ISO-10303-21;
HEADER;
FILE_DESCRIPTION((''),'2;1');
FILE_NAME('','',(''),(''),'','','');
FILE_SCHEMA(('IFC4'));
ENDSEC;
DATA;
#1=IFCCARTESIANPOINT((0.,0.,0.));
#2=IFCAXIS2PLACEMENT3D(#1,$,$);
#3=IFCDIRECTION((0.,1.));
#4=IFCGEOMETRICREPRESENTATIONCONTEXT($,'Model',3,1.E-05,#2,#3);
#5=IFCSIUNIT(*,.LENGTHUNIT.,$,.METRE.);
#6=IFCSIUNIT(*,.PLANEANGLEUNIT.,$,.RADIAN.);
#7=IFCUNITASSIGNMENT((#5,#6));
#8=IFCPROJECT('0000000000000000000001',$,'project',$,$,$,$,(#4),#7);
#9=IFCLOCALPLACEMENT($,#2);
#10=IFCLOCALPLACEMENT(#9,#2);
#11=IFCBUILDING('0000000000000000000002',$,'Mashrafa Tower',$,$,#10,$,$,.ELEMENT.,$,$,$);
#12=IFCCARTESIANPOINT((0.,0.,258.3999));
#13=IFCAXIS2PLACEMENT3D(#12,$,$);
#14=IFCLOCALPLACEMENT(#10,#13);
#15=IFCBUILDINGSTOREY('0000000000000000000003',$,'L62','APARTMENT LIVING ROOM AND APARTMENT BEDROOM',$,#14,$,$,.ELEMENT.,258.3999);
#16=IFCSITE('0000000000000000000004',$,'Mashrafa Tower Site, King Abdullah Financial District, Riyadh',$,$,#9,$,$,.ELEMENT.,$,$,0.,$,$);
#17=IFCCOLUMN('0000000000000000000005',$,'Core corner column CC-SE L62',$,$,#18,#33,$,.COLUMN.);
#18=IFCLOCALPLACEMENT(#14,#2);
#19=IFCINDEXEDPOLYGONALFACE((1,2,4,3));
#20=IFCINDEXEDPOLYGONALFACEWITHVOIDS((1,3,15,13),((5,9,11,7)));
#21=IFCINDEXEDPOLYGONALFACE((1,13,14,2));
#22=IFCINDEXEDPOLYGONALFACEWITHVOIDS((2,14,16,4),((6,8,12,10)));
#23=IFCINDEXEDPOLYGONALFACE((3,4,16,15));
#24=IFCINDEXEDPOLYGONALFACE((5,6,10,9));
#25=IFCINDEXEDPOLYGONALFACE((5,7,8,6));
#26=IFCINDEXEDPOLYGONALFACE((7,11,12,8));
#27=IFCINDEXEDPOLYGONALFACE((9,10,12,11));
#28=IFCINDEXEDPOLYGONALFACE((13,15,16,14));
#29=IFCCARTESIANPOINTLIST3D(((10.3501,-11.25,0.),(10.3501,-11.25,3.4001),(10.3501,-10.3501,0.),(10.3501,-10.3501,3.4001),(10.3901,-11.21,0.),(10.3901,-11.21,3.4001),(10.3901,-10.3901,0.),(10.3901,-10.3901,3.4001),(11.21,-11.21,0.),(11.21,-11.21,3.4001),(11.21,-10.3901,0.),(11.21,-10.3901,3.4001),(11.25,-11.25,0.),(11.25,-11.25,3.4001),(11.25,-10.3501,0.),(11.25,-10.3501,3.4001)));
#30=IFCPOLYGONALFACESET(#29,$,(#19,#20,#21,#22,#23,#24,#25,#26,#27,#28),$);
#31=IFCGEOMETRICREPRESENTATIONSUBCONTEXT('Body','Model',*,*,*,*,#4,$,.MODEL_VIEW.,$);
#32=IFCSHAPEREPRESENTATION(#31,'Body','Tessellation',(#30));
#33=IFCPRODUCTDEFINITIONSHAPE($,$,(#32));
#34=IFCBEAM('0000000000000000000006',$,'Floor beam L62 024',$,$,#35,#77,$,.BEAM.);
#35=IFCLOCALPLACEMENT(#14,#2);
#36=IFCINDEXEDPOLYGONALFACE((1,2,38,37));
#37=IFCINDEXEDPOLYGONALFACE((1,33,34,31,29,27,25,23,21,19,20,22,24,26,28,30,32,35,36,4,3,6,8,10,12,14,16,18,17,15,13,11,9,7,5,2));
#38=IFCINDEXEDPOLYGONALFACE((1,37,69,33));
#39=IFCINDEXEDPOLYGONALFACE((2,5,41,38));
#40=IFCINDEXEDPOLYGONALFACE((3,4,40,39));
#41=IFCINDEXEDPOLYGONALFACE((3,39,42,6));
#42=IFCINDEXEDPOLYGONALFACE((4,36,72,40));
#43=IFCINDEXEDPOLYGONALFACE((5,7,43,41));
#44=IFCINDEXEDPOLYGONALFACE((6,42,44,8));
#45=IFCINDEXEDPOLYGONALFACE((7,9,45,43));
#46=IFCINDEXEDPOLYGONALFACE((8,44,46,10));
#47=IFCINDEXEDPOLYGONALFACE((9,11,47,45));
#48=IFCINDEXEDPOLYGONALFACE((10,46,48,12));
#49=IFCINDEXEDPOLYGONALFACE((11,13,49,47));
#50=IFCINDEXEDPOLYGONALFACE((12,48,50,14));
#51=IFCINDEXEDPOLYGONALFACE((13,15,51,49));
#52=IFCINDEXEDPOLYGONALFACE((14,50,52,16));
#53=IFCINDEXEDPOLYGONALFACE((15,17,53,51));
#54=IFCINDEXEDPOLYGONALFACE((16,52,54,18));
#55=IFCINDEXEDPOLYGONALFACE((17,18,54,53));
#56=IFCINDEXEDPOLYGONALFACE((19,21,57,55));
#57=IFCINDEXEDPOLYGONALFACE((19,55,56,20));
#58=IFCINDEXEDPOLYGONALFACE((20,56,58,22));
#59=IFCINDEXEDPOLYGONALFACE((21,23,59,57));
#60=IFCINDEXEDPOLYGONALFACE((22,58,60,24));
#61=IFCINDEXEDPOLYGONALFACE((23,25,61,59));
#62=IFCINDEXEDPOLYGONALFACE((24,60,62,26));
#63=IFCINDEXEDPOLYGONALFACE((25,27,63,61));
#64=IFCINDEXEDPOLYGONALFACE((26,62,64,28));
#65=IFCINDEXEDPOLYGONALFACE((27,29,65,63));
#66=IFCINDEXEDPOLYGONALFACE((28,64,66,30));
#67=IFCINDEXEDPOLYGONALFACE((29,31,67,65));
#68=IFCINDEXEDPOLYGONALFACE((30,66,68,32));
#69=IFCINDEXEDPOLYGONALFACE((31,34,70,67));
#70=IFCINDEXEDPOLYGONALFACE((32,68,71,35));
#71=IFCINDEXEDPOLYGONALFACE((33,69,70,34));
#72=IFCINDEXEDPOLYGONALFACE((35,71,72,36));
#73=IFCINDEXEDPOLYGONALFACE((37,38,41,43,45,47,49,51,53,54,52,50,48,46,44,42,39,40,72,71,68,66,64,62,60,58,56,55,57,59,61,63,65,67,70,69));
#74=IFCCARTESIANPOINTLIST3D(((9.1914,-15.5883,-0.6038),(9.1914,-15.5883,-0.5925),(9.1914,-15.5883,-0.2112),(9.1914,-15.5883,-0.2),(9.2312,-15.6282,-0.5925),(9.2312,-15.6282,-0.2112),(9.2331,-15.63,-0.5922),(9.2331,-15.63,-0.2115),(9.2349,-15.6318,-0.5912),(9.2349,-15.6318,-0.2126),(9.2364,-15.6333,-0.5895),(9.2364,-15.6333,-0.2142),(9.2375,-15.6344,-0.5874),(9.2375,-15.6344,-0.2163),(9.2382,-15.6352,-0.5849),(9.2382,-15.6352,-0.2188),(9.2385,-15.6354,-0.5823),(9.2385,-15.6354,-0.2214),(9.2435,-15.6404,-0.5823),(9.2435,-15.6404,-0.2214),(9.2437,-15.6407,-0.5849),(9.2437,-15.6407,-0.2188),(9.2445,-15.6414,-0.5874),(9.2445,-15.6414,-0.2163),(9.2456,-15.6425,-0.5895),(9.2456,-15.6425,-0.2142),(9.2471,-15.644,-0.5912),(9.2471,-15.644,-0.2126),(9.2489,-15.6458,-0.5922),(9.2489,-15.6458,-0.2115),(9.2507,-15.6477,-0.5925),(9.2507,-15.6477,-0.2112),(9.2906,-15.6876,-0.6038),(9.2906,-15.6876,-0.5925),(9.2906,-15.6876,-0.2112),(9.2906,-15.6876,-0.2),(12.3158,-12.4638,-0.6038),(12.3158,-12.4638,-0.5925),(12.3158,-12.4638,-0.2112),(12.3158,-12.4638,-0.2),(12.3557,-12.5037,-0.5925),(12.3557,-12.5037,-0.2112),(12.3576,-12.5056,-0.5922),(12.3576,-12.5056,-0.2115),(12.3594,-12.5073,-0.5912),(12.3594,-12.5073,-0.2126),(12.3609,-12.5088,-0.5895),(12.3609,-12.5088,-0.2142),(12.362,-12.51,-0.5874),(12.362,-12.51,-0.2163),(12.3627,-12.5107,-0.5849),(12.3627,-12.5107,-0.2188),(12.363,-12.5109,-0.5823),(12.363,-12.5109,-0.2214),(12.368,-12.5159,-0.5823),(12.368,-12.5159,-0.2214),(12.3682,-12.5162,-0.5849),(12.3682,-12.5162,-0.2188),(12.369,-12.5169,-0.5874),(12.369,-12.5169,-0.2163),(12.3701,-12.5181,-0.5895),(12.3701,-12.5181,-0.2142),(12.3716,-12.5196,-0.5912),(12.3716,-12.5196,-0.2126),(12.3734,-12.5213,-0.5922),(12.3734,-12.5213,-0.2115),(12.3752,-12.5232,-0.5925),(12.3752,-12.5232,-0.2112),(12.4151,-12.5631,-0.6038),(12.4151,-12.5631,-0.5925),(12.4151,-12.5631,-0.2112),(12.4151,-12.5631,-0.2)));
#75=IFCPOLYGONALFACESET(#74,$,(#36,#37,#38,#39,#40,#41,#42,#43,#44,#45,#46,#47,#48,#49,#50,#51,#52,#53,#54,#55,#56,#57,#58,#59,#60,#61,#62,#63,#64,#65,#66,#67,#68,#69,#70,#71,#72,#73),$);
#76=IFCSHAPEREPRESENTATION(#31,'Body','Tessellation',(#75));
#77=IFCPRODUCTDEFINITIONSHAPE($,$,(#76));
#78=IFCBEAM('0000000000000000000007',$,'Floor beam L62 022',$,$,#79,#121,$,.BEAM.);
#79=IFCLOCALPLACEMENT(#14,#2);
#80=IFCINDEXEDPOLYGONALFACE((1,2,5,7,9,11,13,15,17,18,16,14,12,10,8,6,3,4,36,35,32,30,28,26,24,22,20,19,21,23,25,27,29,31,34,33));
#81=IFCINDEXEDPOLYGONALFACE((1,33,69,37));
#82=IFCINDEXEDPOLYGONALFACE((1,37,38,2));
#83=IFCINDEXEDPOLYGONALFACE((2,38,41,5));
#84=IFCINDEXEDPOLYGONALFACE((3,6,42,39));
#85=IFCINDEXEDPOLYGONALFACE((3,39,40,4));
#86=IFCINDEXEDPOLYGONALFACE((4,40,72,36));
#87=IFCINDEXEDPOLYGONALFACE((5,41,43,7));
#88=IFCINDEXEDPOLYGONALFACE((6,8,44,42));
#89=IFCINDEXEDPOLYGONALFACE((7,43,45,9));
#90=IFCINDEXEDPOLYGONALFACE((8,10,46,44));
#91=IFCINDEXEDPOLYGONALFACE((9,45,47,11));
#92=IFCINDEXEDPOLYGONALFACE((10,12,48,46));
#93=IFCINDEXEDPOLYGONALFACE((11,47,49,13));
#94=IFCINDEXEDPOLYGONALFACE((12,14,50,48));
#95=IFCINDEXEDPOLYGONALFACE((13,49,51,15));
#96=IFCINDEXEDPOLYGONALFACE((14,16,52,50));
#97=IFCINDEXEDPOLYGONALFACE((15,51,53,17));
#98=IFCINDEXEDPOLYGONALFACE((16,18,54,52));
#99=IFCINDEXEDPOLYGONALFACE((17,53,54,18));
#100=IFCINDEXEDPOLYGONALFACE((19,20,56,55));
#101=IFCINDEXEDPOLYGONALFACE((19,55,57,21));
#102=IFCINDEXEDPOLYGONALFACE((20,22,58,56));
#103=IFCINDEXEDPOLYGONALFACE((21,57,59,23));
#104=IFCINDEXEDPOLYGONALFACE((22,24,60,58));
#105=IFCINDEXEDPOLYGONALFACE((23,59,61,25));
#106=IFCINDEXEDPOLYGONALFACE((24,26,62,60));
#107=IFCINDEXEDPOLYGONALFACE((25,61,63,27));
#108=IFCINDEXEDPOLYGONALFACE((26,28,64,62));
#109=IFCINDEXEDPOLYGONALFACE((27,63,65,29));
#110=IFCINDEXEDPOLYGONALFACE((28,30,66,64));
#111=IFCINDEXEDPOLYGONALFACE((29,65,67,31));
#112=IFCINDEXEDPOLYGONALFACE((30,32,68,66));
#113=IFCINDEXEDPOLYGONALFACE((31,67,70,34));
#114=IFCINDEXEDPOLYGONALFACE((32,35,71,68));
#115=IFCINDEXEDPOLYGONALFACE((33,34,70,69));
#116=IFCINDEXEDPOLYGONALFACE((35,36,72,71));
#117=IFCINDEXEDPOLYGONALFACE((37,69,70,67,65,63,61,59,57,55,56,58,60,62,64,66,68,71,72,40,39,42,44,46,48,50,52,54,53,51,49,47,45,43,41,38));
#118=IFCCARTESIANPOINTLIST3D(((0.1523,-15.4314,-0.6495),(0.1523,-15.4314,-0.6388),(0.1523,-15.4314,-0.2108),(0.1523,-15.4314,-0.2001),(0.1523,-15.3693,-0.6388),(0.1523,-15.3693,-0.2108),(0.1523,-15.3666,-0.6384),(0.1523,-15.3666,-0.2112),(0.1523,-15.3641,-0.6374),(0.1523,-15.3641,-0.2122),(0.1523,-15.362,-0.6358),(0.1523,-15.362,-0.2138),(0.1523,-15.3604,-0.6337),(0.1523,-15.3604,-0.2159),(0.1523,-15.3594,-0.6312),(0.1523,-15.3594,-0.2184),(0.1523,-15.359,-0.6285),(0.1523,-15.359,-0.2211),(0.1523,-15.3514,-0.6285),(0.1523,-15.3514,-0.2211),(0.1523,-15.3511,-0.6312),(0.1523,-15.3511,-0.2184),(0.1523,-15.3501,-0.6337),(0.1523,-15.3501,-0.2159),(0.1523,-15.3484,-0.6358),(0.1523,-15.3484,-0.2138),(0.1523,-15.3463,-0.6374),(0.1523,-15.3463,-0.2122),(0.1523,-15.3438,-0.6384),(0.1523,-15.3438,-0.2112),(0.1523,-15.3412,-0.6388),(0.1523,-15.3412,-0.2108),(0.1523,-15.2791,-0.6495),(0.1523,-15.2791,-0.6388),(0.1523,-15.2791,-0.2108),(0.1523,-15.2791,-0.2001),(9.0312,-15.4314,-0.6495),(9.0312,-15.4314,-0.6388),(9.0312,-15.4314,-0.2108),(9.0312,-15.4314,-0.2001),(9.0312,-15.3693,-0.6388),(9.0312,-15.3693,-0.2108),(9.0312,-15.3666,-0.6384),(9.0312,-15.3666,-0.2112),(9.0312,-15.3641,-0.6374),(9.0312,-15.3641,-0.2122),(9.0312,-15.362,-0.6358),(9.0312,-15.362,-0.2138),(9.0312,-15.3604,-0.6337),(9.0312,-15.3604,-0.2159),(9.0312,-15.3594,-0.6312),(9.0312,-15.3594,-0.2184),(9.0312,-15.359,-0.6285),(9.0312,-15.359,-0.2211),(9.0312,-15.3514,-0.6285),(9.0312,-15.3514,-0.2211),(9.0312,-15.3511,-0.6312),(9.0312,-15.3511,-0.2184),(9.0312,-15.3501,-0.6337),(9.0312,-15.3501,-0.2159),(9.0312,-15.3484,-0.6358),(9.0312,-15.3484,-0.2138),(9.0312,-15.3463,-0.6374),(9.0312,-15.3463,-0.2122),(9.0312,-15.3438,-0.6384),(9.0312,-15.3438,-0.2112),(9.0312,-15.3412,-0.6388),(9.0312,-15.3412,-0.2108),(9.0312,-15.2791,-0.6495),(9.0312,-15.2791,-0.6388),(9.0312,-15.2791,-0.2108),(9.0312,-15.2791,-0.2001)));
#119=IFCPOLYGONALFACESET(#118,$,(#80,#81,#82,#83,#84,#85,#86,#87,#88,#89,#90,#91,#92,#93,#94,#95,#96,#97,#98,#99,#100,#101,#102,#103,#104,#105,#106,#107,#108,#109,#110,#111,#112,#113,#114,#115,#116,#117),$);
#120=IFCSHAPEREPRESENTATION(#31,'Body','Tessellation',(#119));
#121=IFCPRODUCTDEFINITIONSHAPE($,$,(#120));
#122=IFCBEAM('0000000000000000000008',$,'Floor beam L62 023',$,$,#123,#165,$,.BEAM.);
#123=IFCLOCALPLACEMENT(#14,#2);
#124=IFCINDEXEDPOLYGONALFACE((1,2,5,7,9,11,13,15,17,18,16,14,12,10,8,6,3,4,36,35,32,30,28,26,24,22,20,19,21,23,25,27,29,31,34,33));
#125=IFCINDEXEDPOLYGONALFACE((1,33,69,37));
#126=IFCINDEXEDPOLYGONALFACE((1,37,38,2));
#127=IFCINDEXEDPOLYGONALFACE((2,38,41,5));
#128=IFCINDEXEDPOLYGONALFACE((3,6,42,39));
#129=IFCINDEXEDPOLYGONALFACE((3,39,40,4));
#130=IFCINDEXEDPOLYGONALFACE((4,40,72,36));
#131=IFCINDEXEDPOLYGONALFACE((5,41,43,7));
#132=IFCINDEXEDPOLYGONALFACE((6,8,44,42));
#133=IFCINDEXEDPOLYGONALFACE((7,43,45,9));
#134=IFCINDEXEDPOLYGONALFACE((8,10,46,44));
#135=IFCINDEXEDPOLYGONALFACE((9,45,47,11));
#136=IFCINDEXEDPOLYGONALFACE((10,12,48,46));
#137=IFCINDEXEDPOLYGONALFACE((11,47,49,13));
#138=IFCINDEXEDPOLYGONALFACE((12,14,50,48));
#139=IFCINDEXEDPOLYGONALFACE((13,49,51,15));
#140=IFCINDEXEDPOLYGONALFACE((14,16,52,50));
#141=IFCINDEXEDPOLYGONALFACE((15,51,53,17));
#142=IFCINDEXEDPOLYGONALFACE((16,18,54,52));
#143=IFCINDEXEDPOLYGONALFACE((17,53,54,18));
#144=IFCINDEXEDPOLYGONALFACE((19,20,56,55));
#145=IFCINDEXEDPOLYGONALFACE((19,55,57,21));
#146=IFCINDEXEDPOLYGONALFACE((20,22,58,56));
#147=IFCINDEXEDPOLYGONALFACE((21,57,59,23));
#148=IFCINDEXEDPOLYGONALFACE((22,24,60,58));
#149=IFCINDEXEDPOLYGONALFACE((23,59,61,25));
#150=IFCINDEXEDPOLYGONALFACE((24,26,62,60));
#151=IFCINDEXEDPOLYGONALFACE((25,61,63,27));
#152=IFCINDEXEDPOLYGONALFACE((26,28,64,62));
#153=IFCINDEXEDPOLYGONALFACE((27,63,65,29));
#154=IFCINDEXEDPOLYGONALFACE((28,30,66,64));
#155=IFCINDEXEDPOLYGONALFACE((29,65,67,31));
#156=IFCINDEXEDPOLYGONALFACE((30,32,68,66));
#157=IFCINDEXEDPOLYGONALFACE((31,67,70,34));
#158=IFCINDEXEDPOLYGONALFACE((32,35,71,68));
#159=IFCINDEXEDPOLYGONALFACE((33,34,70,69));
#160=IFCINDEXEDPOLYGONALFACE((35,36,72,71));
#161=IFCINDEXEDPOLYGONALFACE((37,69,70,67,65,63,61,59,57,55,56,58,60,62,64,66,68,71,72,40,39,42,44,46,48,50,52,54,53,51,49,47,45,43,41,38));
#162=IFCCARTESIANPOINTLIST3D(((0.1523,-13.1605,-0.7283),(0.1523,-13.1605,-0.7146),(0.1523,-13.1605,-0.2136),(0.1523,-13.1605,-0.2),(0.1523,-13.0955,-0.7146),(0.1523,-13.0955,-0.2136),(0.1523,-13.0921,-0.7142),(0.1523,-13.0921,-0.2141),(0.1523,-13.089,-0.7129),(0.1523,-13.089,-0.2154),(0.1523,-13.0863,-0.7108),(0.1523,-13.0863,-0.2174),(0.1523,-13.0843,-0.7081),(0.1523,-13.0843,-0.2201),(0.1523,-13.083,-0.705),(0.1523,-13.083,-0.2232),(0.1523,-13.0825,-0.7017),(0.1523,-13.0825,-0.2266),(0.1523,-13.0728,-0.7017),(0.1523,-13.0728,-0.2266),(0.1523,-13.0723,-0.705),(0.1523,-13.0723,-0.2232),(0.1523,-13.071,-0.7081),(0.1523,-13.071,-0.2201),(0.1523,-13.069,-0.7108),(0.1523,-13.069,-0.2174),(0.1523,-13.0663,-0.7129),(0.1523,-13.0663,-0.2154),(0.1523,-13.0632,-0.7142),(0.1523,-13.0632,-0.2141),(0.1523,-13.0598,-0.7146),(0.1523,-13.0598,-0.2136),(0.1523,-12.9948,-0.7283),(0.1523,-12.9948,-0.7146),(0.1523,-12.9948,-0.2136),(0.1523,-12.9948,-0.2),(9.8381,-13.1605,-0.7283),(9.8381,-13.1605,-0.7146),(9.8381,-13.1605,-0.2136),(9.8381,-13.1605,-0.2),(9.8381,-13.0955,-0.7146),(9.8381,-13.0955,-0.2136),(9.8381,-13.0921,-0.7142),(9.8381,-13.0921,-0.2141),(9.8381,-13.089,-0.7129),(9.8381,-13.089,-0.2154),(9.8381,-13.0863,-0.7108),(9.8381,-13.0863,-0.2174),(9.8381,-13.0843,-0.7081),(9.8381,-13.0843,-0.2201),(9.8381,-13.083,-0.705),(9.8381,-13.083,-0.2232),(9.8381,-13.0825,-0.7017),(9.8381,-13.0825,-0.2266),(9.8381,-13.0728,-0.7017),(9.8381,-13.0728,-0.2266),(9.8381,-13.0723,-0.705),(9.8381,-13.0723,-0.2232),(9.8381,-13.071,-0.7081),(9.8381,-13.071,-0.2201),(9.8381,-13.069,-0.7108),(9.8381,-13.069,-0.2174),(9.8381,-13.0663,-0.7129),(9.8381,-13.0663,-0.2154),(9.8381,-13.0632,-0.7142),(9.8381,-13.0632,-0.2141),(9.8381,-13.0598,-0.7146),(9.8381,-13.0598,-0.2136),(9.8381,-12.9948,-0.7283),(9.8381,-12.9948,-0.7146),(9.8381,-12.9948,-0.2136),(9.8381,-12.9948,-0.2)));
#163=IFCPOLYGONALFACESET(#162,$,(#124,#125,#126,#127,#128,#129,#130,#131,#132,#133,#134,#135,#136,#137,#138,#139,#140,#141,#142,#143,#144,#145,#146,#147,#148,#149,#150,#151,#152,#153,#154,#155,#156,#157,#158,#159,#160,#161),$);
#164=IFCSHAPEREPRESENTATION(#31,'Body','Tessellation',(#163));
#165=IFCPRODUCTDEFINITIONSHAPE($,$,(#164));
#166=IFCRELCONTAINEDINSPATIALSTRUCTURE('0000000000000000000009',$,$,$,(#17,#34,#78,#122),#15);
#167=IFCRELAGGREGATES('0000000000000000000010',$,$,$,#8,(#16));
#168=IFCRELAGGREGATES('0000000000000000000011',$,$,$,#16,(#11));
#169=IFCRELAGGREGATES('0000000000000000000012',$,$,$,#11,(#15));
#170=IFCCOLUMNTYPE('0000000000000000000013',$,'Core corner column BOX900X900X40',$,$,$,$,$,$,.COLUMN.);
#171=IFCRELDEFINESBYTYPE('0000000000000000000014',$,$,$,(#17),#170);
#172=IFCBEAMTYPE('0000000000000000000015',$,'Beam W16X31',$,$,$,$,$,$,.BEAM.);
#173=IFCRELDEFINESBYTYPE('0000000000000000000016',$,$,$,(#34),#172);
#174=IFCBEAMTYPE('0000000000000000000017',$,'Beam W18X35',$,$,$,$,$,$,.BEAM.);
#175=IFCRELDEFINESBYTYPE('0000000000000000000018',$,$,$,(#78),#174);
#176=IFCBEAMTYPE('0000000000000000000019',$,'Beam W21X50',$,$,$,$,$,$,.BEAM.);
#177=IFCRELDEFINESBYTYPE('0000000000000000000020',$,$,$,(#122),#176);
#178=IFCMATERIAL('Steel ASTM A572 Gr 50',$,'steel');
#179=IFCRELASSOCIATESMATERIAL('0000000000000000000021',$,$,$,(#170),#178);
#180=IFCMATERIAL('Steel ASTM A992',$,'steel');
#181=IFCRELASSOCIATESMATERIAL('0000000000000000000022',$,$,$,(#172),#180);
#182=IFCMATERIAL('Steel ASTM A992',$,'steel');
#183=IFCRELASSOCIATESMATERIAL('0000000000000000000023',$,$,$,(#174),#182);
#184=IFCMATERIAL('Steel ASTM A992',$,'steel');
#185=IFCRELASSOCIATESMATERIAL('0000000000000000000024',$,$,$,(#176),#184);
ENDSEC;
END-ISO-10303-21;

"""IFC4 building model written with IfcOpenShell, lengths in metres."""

from ifc_helpers import new_model, si_unit, direction, frame, origin, origin_2d, place, context, subcontext, project, spatial, hollow_rectangle, i_section, extrude, material, material_profile, profile_set, type_object, element, save


model = new_model("IFC4")

# Units and contexts
model_context = context("Model", 3, precision=1e-05, world=origin(), true_north=direction((0.0, 1.0)))
body_context = subcontext(model_context, "Body", "Model", "MODEL_VIEW")
ifc_project = project(units=[si_unit("LENGTHUNIT", "METRE"), si_unit("PLANEANGLEUNIT", "RADIAN")], contexts=[model_context])

# Site, building, storey
site_placement = place(None, origin())
site = spatial("IfcSite", under=ifc_project, at=site_placement, Name="Mashrafa Tower Site, King Abdullah Financial District, Riyadh", CompositionType="ELEMENT", RefElevation=0.0)
building_placement = place(site_placement, origin())
building = spatial("IfcBuilding", under=site, at=building_placement, Name="Mashrafa Tower", CompositionType="ELEMENT")
storey_placement = place(building_placement, frame((0.0, 0.0, 258.3999)))
storey = spatial("IfcBuildingStorey", under=building, at=storey_placement, Name="L62", Description="APARTMENT LIVING ROOM AND APARTMENT BEDROOM", CompositionType="ELEMENT", Elevation=258.3999)

# Column
ifc_material_1 = material(Name="Steel ASTM A572 Gr 50", Category="steel")
ifc_material_profile_1 = material_profile(ifc_material_1, hollow_rectangle(XDim=0.8999, YDim=0.8999, WallThickness=0.04, at=origin_2d()), Name="BOX900X900X40")
ifc_profile_set_1 = profile_set([ifc_material_profile_1], Name="Steel ASTM A572 Gr 50")
column_type = type_object("IfcColumnType", Name="Core corner column BOX900X900X40", PredefinedType="COLUMN", material=ifc_profile_set_1)
column_placement = place(storey_placement, frame((10.8, -10.8, 0.0), z_axis=(0.0, 0.0, 1.0), x_axis=(1.0, 0.0, 0.0)))
element("IfcColumn", 1, at=column_placement, inside=storey, type_object=column_type, Name="Core corner column CC-SE L62", PredefinedType="COLUMN", context=body_context, shape_type="SweptSolid", body=[
    extrude(hollow_rectangle(XDim=0.8999, YDim=0.8999, WallThickness=0.04, at=origin_2d()), origin(), (0.0, 0.0, 1.0), 3.4001),
])

# Beams
ifc_material_2 = material(Name="Steel ASTM A992", Category="steel")
ifc_material_profile_2 = material_profile(ifc_material_2, i_section(OverallWidth=0.1404, OverallDepth=0.4038, WebThickness=0.0071, FlangeThickness=0.0112, FilletRadius=0.0103, at=origin_2d()), Name="W16X31")
ifc_profile_set_2 = profile_set([ifc_material_profile_2], Name="Steel ASTM A992")
beam_type_1 = type_object("IfcBeamType", Name="Beam W16X31", PredefinedType="BEAM", material=ifc_profile_set_2)
beam_1_placement = place(storey_placement, frame((12.3655, -12.5134, -0.4019), z_axis=(-0.707107, -0.707107, 0.0), x_axis=(0.707107, -0.707107, 0.0)))
element("IfcBeam", 2, at=beam_1_placement, inside=storey, type_object=beam_type_1, Name="Floor beam L62 024", PredefinedType="BEAM", context=body_context, shape_type="SweptSolid", body=[
    extrude(i_section(OverallWidth=0.1404, OverallDepth=0.4038, WebThickness=0.0071, FlangeThickness=0.0112, FilletRadius=0.0103, at=origin_2d()), origin(), (0.0, 0.0, 1.0), 4.4187),
])
ifc_material_3 = material(Name="Steel ASTM A992", Category="steel")
ifc_material_profile_3 = material_profile(ifc_material_3, i_section(OverallWidth=0.1523, OverallDepth=0.4495, WebThickness=0.0076, FlangeThickness=0.0107, FilletRadius=0.0103, at=origin_2d()), Name="W18X35")
ifc_profile_set_3 = profile_set([ifc_material_profile_3], Name="Steel ASTM A992")
beam_type_2 = type_object("IfcBeamType", Name="Beam W18X35", PredefinedType="BEAM", material=ifc_profile_set_3)
beam_2_placement = place(storey_placement, frame((9.0312, -15.3552, -0.4248), z_axis=(-1.0, 0.0, 0.0), x_axis=(0.0, -1.0, 0.0)))
element("IfcBeam", 3, at=beam_2_placement, inside=storey, type_object=beam_type_2, Name="Floor beam L62 022", PredefinedType="BEAM", context=body_context, shape_type="SweptSolid", body=[
    extrude(i_section(OverallWidth=0.1523, OverallDepth=0.4495, WebThickness=0.0076, FlangeThickness=0.0107, FilletRadius=0.0103, at=origin_2d()), origin(), (0.0, 0.0, 1.0), 8.8789),
])
ifc_material_4 = material(Name="Steel ASTM A992", Category="steel")
ifc_material_profile_4 = material_profile(ifc_material_4, i_section(OverallWidth=0.1658, OverallDepth=0.5283, WebThickness=0.0098, FlangeThickness=0.0137, FilletRadius=0.0129, at=origin_2d()), Name="W21X50")
ifc_profile_set_4 = profile_set([ifc_material_profile_4], Name="Steel ASTM A992")
beam_type_3 = type_object("IfcBeamType", Name="Beam W21X50", PredefinedType="BEAM", material=ifc_profile_set_4)
beam_3_placement = place(storey_placement, frame((9.8381, -13.0776, -0.4641), z_axis=(-1.0, 0.0, 0.0), x_axis=(0.0, -1.0, 0.0)))
element("IfcBeam", 4, at=beam_3_placement, inside=storey, type_object=beam_type_3, Name="Floor beam L62 023", PredefinedType="BEAM", context=body_context, shape_type="SweptSolid", body=[
    extrude(i_section(OverallWidth=0.1658, OverallDepth=0.5283, WebThickness=0.0098, FlangeThickness=0.0137, FilletRadius=0.0129, at=origin_2d()), origin(), (0.0, 0.0, 1.0), 9.6858),
])

save(model, "model.ifc")
